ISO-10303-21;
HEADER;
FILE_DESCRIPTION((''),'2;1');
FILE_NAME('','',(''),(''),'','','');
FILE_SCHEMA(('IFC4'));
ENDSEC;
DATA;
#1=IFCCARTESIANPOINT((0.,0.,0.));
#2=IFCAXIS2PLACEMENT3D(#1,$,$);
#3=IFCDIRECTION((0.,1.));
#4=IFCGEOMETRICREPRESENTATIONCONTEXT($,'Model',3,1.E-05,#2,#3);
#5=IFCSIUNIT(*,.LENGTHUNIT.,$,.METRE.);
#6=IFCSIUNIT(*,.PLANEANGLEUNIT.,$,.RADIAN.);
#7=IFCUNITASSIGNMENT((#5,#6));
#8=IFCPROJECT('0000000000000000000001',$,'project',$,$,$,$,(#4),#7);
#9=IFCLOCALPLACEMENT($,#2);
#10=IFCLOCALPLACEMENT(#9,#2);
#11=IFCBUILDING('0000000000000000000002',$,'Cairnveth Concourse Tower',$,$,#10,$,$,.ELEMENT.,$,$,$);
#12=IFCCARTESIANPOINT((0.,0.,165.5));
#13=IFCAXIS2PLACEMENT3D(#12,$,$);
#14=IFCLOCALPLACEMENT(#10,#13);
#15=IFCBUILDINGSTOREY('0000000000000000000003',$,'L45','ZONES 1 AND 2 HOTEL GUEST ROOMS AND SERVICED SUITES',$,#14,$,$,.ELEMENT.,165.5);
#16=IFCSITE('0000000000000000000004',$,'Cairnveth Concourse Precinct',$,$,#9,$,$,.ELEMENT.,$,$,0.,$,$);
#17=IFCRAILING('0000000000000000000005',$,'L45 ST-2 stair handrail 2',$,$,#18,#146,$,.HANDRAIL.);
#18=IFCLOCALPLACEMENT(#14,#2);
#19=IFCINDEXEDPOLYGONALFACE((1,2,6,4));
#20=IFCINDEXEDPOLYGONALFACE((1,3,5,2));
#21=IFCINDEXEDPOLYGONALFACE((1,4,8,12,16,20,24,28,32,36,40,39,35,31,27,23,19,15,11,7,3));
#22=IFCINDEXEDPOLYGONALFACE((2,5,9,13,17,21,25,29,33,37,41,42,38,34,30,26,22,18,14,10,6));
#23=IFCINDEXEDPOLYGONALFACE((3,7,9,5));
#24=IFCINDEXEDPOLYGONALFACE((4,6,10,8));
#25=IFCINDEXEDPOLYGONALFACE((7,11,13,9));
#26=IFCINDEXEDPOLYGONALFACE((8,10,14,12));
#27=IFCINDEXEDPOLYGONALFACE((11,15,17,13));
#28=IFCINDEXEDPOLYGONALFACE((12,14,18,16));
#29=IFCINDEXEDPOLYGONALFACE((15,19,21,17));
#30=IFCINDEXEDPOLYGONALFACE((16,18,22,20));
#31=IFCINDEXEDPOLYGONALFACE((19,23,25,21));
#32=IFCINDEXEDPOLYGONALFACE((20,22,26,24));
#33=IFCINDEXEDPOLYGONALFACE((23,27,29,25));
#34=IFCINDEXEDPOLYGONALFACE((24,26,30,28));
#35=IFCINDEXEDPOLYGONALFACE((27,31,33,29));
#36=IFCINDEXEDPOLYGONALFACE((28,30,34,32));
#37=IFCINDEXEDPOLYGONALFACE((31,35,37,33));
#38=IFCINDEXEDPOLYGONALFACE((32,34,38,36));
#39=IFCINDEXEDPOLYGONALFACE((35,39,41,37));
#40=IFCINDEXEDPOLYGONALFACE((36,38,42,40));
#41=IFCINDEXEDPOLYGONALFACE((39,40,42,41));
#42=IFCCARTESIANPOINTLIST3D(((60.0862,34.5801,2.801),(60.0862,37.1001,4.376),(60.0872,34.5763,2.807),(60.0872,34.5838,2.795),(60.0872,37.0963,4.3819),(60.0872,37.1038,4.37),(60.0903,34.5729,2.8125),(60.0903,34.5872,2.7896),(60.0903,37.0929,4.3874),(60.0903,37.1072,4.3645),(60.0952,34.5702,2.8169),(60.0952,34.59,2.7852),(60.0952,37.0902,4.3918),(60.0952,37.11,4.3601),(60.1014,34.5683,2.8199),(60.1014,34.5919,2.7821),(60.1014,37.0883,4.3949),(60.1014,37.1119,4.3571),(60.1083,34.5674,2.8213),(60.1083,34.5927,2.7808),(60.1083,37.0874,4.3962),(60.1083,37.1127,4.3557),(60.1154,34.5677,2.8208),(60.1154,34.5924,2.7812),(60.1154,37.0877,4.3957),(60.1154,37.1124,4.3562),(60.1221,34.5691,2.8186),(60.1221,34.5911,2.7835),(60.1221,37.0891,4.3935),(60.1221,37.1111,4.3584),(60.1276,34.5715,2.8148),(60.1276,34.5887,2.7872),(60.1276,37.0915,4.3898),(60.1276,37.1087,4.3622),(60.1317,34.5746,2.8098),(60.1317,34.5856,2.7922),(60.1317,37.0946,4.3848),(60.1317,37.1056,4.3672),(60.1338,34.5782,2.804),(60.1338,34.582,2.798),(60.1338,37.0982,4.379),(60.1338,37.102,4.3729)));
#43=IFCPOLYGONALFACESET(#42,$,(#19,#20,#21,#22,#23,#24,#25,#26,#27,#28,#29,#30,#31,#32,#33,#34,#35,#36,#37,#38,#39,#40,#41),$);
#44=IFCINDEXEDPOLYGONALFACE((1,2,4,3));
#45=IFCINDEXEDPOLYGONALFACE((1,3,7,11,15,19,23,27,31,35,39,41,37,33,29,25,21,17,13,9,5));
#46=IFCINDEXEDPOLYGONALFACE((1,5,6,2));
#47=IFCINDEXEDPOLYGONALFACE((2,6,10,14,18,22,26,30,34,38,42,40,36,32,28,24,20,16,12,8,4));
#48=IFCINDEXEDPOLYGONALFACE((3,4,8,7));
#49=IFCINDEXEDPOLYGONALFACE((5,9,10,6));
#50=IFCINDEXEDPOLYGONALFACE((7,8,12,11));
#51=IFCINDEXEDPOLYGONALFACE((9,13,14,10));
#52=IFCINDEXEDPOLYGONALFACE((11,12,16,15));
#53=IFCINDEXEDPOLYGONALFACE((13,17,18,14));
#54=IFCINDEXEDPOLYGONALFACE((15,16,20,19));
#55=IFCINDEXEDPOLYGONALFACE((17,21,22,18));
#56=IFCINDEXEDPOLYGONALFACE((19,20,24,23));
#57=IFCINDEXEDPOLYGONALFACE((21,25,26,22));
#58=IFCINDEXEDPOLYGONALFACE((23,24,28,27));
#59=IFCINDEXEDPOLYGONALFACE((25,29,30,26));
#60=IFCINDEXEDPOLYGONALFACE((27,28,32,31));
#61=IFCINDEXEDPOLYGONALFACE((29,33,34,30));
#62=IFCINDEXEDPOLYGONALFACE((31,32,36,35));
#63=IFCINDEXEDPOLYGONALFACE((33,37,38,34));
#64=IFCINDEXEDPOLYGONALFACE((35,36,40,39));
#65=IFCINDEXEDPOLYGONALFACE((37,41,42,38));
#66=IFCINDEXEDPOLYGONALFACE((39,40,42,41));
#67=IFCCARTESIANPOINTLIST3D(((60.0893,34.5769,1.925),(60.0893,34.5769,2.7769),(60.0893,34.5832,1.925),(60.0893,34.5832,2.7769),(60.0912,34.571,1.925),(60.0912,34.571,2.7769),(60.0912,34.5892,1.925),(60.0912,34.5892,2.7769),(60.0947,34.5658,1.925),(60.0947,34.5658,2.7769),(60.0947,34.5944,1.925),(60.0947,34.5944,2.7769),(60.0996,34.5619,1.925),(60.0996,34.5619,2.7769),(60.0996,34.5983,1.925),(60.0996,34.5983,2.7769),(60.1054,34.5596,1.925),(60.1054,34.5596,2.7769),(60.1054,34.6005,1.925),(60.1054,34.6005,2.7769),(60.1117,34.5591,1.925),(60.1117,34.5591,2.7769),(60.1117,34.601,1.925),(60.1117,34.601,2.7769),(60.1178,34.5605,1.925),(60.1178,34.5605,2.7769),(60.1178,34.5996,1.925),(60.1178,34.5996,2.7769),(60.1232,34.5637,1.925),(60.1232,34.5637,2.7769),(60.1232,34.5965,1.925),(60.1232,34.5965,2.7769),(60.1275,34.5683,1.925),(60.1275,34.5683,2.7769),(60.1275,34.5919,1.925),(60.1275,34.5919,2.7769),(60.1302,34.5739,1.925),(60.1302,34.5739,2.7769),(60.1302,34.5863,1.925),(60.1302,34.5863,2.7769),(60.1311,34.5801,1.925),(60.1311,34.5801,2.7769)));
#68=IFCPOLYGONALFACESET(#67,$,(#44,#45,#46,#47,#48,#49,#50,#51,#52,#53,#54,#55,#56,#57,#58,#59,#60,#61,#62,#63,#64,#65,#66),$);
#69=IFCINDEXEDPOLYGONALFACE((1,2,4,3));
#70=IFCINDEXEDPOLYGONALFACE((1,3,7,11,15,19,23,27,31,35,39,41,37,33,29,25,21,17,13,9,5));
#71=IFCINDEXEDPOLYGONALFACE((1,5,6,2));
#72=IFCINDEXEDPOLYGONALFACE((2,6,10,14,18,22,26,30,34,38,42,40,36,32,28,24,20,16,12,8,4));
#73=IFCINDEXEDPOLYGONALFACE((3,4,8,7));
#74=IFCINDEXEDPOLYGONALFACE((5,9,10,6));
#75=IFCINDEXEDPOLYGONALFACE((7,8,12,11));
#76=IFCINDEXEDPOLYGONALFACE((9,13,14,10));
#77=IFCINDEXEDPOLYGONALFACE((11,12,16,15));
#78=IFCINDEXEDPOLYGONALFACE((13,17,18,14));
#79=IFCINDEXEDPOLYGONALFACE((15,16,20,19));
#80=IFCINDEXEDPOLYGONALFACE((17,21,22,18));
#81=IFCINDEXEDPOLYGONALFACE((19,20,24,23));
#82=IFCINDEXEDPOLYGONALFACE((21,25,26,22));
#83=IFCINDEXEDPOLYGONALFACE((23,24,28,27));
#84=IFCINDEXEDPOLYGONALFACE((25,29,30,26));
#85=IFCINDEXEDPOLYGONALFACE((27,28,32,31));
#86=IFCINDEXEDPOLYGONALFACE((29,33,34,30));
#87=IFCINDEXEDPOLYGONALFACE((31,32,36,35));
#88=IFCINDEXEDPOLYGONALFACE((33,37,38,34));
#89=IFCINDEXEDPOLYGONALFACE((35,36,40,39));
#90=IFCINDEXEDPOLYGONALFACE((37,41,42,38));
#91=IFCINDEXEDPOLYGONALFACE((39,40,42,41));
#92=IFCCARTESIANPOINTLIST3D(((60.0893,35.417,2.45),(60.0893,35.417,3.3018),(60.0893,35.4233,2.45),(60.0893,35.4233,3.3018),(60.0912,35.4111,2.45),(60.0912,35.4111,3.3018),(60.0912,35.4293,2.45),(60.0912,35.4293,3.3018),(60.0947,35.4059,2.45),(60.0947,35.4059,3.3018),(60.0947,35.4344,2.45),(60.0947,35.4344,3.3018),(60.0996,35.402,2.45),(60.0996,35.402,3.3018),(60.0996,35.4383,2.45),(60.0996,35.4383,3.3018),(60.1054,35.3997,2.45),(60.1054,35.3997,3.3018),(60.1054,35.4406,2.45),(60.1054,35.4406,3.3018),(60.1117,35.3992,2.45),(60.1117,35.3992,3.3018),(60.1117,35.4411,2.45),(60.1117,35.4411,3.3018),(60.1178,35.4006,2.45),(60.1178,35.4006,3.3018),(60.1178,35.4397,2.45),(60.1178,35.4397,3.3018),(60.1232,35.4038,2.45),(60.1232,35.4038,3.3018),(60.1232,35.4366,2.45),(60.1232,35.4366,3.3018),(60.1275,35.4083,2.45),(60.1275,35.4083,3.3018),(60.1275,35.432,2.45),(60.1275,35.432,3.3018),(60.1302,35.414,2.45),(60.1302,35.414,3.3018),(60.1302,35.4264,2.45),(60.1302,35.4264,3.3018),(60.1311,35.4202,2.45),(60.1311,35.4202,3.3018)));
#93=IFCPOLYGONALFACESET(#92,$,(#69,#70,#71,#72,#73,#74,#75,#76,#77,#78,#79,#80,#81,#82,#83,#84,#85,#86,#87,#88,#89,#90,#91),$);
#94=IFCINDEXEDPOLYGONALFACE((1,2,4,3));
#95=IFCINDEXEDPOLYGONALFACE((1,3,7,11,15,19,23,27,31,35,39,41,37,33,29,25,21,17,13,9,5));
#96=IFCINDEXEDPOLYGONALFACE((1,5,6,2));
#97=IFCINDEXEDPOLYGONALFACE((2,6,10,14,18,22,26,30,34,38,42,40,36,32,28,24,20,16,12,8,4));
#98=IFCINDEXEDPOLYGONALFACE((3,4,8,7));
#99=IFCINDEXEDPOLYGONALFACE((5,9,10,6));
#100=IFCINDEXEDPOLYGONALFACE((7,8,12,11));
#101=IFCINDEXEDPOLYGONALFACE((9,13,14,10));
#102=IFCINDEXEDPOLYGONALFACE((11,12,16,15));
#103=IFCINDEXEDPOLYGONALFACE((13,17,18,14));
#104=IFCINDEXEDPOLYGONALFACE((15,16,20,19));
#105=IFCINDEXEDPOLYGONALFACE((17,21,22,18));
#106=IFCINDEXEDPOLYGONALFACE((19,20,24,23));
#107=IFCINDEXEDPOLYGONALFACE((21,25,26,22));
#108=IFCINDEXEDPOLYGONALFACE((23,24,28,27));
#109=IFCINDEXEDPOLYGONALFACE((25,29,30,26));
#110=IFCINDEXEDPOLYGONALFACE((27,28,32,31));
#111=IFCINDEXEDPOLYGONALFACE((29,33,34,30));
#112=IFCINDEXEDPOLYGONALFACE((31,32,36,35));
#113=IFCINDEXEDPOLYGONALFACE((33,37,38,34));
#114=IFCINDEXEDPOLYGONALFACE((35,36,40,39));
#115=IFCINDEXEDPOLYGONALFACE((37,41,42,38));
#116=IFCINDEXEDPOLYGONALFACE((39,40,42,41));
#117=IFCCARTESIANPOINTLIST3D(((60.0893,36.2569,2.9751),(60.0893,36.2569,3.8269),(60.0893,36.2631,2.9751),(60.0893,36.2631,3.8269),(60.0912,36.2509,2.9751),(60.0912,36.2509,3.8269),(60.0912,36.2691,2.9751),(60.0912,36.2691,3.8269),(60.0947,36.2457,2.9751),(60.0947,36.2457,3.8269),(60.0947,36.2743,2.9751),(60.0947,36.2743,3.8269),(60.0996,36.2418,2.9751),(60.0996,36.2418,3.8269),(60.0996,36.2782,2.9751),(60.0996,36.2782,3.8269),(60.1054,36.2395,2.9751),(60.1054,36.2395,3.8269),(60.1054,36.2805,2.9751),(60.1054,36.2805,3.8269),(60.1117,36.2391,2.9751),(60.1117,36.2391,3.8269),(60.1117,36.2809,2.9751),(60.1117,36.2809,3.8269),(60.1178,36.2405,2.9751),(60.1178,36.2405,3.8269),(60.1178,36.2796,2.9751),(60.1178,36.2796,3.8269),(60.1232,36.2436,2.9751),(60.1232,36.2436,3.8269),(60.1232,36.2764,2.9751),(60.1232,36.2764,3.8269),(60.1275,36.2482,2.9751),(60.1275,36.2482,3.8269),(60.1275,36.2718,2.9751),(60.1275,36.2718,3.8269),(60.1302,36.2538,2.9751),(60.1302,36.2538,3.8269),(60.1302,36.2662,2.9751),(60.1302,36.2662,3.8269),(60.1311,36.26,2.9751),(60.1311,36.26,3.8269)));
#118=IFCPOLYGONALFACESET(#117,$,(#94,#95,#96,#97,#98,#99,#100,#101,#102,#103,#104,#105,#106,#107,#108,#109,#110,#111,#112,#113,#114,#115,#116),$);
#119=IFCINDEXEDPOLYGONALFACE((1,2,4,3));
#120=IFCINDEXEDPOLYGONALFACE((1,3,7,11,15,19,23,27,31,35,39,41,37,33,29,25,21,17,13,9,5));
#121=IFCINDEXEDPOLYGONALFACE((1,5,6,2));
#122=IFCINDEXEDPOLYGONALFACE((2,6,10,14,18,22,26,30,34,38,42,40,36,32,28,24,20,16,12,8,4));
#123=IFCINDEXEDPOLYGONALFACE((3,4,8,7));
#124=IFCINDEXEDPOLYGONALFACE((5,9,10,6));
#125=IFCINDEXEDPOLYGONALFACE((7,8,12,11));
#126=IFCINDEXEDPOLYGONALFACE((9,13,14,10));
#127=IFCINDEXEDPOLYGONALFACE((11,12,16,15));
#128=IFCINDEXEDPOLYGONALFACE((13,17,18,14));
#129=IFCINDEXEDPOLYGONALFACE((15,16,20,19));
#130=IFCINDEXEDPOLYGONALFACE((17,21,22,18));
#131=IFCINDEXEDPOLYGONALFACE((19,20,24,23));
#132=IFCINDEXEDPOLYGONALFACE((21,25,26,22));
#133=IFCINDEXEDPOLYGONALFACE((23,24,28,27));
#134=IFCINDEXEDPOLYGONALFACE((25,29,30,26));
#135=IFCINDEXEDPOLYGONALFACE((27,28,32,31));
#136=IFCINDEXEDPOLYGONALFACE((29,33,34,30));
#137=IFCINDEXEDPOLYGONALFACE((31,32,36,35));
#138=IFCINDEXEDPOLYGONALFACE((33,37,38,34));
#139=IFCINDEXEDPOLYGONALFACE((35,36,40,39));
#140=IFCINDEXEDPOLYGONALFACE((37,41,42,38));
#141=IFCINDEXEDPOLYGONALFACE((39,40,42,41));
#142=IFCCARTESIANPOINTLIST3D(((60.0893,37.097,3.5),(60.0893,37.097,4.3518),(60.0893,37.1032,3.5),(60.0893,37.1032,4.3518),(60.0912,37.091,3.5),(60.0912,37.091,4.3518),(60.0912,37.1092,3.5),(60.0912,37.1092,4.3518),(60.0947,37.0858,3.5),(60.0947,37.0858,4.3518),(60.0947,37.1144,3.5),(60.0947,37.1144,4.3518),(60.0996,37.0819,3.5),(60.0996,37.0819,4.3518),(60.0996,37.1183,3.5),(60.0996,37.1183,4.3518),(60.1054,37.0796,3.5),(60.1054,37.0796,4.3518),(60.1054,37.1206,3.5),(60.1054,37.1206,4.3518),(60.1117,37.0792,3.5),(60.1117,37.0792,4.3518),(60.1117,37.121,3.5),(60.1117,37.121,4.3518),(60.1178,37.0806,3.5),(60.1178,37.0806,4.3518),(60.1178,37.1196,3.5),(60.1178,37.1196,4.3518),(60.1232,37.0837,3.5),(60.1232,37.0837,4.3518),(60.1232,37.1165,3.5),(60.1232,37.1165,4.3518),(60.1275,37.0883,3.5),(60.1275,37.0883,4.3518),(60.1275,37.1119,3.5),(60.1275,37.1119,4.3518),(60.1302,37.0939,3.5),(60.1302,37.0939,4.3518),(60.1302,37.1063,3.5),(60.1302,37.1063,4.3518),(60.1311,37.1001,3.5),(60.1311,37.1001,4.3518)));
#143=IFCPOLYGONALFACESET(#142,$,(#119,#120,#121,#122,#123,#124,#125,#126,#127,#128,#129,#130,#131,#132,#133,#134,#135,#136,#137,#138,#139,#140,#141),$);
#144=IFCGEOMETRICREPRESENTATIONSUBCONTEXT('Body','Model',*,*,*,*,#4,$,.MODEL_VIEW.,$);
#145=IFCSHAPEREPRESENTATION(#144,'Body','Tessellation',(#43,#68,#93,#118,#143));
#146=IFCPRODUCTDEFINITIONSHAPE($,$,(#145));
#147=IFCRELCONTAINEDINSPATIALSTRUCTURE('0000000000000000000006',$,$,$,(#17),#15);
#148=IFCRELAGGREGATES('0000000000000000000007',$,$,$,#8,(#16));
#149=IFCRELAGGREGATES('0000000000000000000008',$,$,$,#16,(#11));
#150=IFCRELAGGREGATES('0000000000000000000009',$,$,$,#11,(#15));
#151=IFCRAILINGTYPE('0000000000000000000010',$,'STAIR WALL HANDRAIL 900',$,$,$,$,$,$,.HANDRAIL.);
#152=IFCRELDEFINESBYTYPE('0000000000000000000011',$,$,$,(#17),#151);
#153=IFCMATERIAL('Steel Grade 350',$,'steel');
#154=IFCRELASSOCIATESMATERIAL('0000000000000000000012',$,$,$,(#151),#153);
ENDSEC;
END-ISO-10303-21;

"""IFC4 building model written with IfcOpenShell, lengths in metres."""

from ifc_helpers import new_model, si_unit, direction, frame, origin, origin_2d, place, context, subcontext, project, spatial, circle, extrude, material, type_object, element, save


model = new_model("IFC4")

# Units and contexts
model_context = context("Model", 3, precision=1e-05, world=origin(), true_north=direction((0.0, 1.0)))
body_context = subcontext(model_context, "Body", "Model", "MODEL_VIEW")
ifc_project = project(units=[si_unit("LENGTHUNIT", "METRE"), si_unit("PLANEANGLEUNIT", "RADIAN")], contexts=[model_context])

# Site, building, storey
site_placement = place(None, origin())
site = spatial("IfcSite", under=ifc_project, at=site_placement, Name="Cairnveth Concourse Precinct", CompositionType="ELEMENT", RefElevation=0.0)
building_placement = place(site_placement, origin())
building = spatial("IfcBuilding", under=site, at=building_placement, Name="Cairnveth Concourse Tower", CompositionType="ELEMENT")
storey_placement = place(building_placement, frame((0.0, 0.0, 165.5)))
storey = spatial("IfcBuildingStorey", under=building, at=storey_placement, Name="L45", Description="ZONES 1 AND 2 HOTEL GUEST ROOMS AND SERVICED SUITES", CompositionType="ELEMENT", Elevation=165.5)

# Shared definitions
ifc_material_1 = material(Name="Steel Grade 350", Category="steel")

# Railing
railing_type_1 = type_object("IfcRailingType", Name="STAIR WALL HANDRAIL 900", PredefinedType="HANDRAIL", material=ifc_material_1)
railing_1_placement = place(storey_placement, frame((60.1101, 34.5801, 1.925)))
element("IfcRailing", 1, at=railing_1_placement, inside=storey, type_object=railing_type_1, Name="L45 ST-2 stair handrail 2", PredefinedType="HANDRAIL", context=body_context, shape_type="SweptSolid", body=[
    extrude(circle(Radius=0.0239, at=origin_2d()), frame((0.0, 0.0, 0.876), z_axis=(0.0, 0.848008, 0.529984), x_axis=(-1.0, 0.0, 0.0)), (0.0, 0.0, 1.0), 2.9717),
    extrude(circle(Radius=0.021, at=origin_2d()), origin(), (0.0, 0.0, 1.0), 0.8518),
    extrude(circle(Radius=0.021, at=origin_2d()), frame((0.0, 0.8401, 0.5249)), (0.0, 0.0, 1.0), 0.8518),
    extrude(circle(Radius=0.021, at=origin_2d()), frame((0.0, 1.6799, 1.05)), (0.0, 0.0, 1.0), 0.8518),
    extrude(circle(Radius=0.021, at=origin_2d()), frame((0.0, 2.52, 1.575)), (0.0, 0.0, 1.0), 0.8518),
])

save(model, "model.ifc")
